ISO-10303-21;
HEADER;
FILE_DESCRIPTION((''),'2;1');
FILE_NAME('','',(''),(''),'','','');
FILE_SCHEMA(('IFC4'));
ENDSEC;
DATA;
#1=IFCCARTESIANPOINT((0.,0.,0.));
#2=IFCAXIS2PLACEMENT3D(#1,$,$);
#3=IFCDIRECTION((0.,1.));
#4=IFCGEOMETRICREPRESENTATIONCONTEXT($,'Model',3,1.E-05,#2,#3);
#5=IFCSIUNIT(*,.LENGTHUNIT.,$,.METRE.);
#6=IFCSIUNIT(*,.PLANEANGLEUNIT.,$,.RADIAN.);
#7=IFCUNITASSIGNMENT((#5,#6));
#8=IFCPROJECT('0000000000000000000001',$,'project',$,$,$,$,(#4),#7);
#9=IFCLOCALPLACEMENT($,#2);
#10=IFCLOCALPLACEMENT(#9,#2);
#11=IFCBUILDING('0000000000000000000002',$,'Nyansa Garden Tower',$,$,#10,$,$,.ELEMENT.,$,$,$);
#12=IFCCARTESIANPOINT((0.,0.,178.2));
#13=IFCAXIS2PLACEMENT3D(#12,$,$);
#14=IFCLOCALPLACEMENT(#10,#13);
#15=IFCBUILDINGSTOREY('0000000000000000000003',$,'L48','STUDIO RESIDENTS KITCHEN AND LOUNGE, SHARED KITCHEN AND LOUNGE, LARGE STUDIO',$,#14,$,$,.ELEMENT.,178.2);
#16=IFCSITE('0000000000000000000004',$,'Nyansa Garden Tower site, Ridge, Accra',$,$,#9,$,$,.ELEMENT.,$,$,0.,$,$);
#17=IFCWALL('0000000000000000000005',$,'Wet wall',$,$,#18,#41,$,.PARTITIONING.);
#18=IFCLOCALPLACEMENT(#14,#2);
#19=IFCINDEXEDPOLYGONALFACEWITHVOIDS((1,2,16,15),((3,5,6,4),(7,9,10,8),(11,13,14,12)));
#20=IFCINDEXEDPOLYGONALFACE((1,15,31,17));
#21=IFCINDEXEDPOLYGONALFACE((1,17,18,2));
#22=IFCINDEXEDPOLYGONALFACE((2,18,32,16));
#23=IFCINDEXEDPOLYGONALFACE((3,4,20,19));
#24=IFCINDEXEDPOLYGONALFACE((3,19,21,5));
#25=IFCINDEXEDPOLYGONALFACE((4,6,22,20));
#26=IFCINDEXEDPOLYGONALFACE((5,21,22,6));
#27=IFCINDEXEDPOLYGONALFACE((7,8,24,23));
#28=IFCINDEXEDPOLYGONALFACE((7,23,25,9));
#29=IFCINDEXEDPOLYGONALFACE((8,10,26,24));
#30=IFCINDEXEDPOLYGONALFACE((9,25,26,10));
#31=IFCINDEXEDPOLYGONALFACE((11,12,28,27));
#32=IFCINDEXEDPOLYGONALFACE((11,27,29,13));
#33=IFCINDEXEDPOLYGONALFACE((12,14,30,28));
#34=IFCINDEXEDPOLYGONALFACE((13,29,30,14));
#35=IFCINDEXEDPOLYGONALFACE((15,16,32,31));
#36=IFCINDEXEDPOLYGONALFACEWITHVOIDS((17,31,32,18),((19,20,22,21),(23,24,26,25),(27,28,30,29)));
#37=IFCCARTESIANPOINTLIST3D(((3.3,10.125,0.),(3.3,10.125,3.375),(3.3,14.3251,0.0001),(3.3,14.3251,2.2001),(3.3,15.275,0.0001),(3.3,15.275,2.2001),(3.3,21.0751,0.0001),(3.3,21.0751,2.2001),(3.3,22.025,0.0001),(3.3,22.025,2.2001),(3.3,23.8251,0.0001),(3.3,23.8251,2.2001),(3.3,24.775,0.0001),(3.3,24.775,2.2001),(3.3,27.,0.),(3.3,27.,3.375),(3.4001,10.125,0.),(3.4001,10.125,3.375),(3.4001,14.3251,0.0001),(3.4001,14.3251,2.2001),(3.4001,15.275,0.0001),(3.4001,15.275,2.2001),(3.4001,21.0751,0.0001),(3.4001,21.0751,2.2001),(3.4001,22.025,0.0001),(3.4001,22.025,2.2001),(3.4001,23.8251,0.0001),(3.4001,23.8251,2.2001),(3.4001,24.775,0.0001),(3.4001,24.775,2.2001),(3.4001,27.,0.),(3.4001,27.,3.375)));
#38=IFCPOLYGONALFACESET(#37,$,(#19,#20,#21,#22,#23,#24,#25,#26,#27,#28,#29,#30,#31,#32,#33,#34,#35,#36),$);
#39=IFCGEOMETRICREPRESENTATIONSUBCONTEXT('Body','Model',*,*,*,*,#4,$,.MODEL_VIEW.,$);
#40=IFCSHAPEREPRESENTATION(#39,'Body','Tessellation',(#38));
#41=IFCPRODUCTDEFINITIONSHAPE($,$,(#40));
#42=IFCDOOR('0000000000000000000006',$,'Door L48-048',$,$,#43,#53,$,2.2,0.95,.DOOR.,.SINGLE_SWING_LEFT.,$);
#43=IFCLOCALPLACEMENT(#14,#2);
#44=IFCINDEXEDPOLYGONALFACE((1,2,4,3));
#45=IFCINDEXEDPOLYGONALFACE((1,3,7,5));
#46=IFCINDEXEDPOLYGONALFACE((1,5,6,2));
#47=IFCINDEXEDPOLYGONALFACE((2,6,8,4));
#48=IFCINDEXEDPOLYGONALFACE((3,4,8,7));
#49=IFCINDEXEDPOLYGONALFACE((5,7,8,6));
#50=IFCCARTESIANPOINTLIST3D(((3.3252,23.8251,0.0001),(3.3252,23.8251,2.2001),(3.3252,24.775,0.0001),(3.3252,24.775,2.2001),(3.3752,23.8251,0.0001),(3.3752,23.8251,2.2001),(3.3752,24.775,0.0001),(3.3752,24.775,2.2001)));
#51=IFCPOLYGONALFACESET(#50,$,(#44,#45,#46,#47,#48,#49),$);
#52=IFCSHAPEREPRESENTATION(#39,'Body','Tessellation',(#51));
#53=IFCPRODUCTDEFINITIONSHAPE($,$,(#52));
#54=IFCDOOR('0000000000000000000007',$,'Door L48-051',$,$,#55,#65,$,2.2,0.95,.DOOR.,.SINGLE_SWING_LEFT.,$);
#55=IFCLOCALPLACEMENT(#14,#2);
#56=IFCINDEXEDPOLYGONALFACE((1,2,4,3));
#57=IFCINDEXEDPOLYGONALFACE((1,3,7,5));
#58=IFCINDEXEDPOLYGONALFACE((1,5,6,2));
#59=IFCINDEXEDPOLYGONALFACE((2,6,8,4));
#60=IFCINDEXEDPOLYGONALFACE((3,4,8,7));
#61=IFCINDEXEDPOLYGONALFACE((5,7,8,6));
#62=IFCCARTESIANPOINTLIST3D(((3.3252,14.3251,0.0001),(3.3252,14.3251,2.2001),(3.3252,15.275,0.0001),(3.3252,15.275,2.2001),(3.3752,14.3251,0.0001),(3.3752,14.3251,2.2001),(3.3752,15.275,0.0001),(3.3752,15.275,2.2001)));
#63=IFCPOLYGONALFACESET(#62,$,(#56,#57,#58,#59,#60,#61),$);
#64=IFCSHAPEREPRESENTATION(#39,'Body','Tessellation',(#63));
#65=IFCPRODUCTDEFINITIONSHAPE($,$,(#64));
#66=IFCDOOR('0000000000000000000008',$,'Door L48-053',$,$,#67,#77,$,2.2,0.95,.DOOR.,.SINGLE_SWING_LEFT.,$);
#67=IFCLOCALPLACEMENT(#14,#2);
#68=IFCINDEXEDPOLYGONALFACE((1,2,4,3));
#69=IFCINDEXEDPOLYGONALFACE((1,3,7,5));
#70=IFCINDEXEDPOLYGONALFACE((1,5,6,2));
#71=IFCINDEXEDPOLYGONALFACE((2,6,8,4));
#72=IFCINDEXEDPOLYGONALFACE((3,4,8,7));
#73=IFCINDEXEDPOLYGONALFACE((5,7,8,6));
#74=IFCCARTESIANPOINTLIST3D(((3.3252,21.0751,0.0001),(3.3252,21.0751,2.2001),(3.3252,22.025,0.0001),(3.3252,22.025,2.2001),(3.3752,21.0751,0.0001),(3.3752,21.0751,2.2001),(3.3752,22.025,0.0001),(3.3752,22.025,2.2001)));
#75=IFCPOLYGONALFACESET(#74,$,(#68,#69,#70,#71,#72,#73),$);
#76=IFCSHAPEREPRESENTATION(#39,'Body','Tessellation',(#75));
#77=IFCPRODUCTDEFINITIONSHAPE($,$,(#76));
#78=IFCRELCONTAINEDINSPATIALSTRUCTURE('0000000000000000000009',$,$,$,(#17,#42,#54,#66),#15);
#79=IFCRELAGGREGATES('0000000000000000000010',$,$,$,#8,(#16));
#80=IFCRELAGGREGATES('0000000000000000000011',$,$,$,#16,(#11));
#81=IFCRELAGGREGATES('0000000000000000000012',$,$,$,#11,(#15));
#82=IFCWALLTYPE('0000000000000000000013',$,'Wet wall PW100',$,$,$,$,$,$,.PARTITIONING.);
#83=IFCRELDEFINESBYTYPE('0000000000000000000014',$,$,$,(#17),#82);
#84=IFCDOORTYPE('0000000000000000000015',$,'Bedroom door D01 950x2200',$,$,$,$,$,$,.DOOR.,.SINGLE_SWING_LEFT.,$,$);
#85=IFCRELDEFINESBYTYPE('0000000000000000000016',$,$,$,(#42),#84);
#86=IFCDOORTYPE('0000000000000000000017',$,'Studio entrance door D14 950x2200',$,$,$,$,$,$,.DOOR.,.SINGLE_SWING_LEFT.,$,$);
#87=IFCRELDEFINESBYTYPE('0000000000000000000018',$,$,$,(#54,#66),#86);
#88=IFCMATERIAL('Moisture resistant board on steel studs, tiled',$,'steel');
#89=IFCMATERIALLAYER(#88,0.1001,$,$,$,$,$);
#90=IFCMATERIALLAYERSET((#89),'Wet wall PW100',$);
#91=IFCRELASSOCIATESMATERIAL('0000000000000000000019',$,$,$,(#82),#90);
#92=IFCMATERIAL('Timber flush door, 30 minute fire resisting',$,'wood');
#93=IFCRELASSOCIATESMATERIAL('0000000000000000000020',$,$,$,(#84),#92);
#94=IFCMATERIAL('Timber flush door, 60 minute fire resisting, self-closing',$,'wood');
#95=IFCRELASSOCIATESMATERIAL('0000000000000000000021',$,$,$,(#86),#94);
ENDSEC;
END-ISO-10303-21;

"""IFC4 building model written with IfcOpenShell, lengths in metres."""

from ifc_helpers import new_model, si_unit, direction, frame, frame_2d, origin, place, context, subcontext, project, spatial, rectangle, extrude, material, layer, layer_set, type_object, element, fill, save


model = new_model("IFC4")

# Units and contexts
model_context = context("Model", 3, precision=1e-05, world=origin(), true_north=direction((0.0, 1.0)))
body_context = subcontext(model_context, "Body", "Model", "MODEL_VIEW")
ifc_project = project(units=[si_unit("LENGTHUNIT", "METRE"), si_unit("PLANEANGLEUNIT", "RADIAN")], contexts=[model_context])

# Site, building, storey
site_placement = place(None, origin())
site = spatial("IfcSite", under=ifc_project, at=site_placement, Name="Nyansa Garden Tower site, Ridge, Accra", CompositionType="ELEMENT", RefElevation=0.0)
building_placement = place(site_placement, origin())
building = spatial("IfcBuilding", under=site, at=building_placement, Name="Nyansa Garden Tower", CompositionType="ELEMENT")
storey_placement = place(building_placement, frame((0.0, 0.0, 178.2)))
storey = spatial("IfcBuildingStorey", under=building, at=storey_placement, Name="L48", Description="STUDIO RESIDENTS KITCHEN AND LOUNGE, SHARED KITCHEN AND LOUNGE, LARGE STUDIO", CompositionType="ELEMENT", Elevation=178.2)

# Shared definitions
ifc_material_1 = material(Name="Moisture resistant board on steel studs, tiled", Category="steel")
ifc_layer_1 = layer(ifc_material_1, 0.1001)
ifc_layer_set_1 = layer_set([ifc_layer_1], Name="Wet wall PW100")
wall_type_1 = type_object("IfcWallType", Name="Wet wall PW100", PredefinedType="PARTITIONING", material=ifc_layer_set_1)

# Wall, openings, doors
wall_1_placement = place(storey_placement, frame((3.3501, 10.125, 0.0), z_axis=(0.0, 0.0, 1.0), x_axis=(0.0, 1.0, 0.0)))
wall_1 = element("IfcWall", 1, at=wall_1_placement, inside=storey, type_object=wall_type_1, Name="Wet wall", PredefinedType="PARTITIONING", context=body_context, shape_type="SweptSolid", body=[
    extrude(rectangle(XDim=16.875, YDim=0.1001, at=frame_2d((8.4375, 0.0))), origin(), (0.0, 0.0, 1.0), 3.375),
])
opening_1_placement = place(wall_1_placement, frame((13.7, 0.0, 0.0)))
opening_1 = element("IfcOpeningElement", 2, at=opening_1_placement, cuts=wall_1, PredefinedType="OPENING", context=body_context, shape_type="SweptSolid", body=[
    extrude(rectangle(XDim=0.95, YDim=2.2, at=frame_2d((0.4751, 1.1001))), frame((0.0, 0.0601, 0.0), z_axis=(0.0, -1.0, 0.0), x_axis=(1.0, 0.0, 0.0)), (0.0, 0.0, 1.0), 0.1201),
])
opening_2_placement = place(wall_1_placement, frame((4.2, 0.0, 0.0)))
opening_2 = element("IfcOpeningElement", 3, at=opening_2_placement, cuts=wall_1, PredefinedType="OPENING", context=body_context, shape_type="SweptSolid", body=[
    extrude(rectangle(XDim=0.95, YDim=2.2, at=frame_2d((0.4751, 1.1001))), frame((0.0, 0.0601, 0.0), z_axis=(0.0, -1.0, 0.0), x_axis=(1.0, 0.0, 0.0)), (0.0, 0.0, 1.0), 0.1201),
])
opening_3_placement = place(wall_1_placement, frame((10.95, 0.0, 0.0)))
opening_3 = element("IfcOpeningElement", 4, at=opening_3_placement, cuts=wall_1, PredefinedType="OPENING", context=body_context, shape_type="SweptSolid", body=[
    extrude(rectangle(XDim=0.95, YDim=2.2, at=frame_2d((0.4751, 1.1001))), frame((0.0, 0.0601, 0.0), z_axis=(0.0, -1.0, 0.0), x_axis=(1.0, 0.0, 0.0)), (0.0, 0.0, 1.0), 0.1201),
])
ifc_material_2 = material(Name="Timber flush door, 30 minute fire resisting", Category="wood")
door_type_1 = type_object("IfcDoorType", Name="Bedroom door D01 950x2200", OperationType="SINGLE_SWING_LEFT", PredefinedType="DOOR", material=ifc_material_2)
door_1_placement = place(opening_1_placement, origin())
door_1 = element("IfcDoor", 5, at=door_1_placement, inside=storey, type_object=door_type_1, Name="Door L48-048", OperationType="SINGLE_SWING_LEFT", OverallHeight=2.2, OverallWidth=0.95, PredefinedType="DOOR", context=body_context, shape_type="SweptSolid", body=[
    extrude(rectangle(XDim=0.95, YDim=2.2, at=frame_2d((0.4751, 1.1001))), frame((0.0, 0.0249, 0.0), z_axis=(0.0, -1.0, 0.0), x_axis=(1.0, 0.0, 0.0)), (0.0, 0.0, 1.0), 0.05),
])
fill(opening_1, door_1)
ifc_material_3 = material(Name="Timber flush door, 60 minute fire resisting, self-closing", Category="wood")
door_type_2 = type_object("IfcDoorType", Name="Studio entrance door D14 950x2200", OperationType="SINGLE_SWING_LEFT", PredefinedType="DOOR", material=ifc_material_3)
door_2_placement = place(opening_2_placement, origin())
door_2 = element("IfcDoor", 6, at=door_2_placement, inside=storey, type_object=door_type_2, Name="Door L48-051", OperationType="SINGLE_SWING_LEFT", OverallHeight=2.2, OverallWidth=0.95, PredefinedType="DOOR", context=body_context, shape_type="SweptSolid", body=[
    extrude(rectangle(XDim=0.95, YDim=2.2, at=frame_2d((0.4751, 1.1001))), frame((0.0, 0.0249, 0.0), z_axis=(0.0, -1.0, 0.0), x_axis=(1.0, 0.0, 0.0)), (0.0, 0.0, 1.0), 0.05),
])
fill(opening_2, door_2)
door_3_placement = place(opening_3_placement, origin())
door_3 = element("IfcDoor", 7, at=door_3_placement, inside=storey, type_object=door_type_2, Name="Door L48-053", OperationType="SINGLE_SWING_LEFT", OverallHeight=2.2, OverallWidth=0.95, PredefinedType="DOOR", context=body_context, shape_type="SweptSolid", body=[
    extrude(rectangle(XDim=0.95, YDim=2.2, at=frame_2d((0.4751, 1.1001))), frame((0.0, 0.0249, 0.0), z_axis=(0.0, -1.0, 0.0), x_axis=(1.0, 0.0, 0.0)), (0.0, 0.0, 1.0), 0.05),
])
fill(opening_3, door_3)

save(model, "model.ifc")
